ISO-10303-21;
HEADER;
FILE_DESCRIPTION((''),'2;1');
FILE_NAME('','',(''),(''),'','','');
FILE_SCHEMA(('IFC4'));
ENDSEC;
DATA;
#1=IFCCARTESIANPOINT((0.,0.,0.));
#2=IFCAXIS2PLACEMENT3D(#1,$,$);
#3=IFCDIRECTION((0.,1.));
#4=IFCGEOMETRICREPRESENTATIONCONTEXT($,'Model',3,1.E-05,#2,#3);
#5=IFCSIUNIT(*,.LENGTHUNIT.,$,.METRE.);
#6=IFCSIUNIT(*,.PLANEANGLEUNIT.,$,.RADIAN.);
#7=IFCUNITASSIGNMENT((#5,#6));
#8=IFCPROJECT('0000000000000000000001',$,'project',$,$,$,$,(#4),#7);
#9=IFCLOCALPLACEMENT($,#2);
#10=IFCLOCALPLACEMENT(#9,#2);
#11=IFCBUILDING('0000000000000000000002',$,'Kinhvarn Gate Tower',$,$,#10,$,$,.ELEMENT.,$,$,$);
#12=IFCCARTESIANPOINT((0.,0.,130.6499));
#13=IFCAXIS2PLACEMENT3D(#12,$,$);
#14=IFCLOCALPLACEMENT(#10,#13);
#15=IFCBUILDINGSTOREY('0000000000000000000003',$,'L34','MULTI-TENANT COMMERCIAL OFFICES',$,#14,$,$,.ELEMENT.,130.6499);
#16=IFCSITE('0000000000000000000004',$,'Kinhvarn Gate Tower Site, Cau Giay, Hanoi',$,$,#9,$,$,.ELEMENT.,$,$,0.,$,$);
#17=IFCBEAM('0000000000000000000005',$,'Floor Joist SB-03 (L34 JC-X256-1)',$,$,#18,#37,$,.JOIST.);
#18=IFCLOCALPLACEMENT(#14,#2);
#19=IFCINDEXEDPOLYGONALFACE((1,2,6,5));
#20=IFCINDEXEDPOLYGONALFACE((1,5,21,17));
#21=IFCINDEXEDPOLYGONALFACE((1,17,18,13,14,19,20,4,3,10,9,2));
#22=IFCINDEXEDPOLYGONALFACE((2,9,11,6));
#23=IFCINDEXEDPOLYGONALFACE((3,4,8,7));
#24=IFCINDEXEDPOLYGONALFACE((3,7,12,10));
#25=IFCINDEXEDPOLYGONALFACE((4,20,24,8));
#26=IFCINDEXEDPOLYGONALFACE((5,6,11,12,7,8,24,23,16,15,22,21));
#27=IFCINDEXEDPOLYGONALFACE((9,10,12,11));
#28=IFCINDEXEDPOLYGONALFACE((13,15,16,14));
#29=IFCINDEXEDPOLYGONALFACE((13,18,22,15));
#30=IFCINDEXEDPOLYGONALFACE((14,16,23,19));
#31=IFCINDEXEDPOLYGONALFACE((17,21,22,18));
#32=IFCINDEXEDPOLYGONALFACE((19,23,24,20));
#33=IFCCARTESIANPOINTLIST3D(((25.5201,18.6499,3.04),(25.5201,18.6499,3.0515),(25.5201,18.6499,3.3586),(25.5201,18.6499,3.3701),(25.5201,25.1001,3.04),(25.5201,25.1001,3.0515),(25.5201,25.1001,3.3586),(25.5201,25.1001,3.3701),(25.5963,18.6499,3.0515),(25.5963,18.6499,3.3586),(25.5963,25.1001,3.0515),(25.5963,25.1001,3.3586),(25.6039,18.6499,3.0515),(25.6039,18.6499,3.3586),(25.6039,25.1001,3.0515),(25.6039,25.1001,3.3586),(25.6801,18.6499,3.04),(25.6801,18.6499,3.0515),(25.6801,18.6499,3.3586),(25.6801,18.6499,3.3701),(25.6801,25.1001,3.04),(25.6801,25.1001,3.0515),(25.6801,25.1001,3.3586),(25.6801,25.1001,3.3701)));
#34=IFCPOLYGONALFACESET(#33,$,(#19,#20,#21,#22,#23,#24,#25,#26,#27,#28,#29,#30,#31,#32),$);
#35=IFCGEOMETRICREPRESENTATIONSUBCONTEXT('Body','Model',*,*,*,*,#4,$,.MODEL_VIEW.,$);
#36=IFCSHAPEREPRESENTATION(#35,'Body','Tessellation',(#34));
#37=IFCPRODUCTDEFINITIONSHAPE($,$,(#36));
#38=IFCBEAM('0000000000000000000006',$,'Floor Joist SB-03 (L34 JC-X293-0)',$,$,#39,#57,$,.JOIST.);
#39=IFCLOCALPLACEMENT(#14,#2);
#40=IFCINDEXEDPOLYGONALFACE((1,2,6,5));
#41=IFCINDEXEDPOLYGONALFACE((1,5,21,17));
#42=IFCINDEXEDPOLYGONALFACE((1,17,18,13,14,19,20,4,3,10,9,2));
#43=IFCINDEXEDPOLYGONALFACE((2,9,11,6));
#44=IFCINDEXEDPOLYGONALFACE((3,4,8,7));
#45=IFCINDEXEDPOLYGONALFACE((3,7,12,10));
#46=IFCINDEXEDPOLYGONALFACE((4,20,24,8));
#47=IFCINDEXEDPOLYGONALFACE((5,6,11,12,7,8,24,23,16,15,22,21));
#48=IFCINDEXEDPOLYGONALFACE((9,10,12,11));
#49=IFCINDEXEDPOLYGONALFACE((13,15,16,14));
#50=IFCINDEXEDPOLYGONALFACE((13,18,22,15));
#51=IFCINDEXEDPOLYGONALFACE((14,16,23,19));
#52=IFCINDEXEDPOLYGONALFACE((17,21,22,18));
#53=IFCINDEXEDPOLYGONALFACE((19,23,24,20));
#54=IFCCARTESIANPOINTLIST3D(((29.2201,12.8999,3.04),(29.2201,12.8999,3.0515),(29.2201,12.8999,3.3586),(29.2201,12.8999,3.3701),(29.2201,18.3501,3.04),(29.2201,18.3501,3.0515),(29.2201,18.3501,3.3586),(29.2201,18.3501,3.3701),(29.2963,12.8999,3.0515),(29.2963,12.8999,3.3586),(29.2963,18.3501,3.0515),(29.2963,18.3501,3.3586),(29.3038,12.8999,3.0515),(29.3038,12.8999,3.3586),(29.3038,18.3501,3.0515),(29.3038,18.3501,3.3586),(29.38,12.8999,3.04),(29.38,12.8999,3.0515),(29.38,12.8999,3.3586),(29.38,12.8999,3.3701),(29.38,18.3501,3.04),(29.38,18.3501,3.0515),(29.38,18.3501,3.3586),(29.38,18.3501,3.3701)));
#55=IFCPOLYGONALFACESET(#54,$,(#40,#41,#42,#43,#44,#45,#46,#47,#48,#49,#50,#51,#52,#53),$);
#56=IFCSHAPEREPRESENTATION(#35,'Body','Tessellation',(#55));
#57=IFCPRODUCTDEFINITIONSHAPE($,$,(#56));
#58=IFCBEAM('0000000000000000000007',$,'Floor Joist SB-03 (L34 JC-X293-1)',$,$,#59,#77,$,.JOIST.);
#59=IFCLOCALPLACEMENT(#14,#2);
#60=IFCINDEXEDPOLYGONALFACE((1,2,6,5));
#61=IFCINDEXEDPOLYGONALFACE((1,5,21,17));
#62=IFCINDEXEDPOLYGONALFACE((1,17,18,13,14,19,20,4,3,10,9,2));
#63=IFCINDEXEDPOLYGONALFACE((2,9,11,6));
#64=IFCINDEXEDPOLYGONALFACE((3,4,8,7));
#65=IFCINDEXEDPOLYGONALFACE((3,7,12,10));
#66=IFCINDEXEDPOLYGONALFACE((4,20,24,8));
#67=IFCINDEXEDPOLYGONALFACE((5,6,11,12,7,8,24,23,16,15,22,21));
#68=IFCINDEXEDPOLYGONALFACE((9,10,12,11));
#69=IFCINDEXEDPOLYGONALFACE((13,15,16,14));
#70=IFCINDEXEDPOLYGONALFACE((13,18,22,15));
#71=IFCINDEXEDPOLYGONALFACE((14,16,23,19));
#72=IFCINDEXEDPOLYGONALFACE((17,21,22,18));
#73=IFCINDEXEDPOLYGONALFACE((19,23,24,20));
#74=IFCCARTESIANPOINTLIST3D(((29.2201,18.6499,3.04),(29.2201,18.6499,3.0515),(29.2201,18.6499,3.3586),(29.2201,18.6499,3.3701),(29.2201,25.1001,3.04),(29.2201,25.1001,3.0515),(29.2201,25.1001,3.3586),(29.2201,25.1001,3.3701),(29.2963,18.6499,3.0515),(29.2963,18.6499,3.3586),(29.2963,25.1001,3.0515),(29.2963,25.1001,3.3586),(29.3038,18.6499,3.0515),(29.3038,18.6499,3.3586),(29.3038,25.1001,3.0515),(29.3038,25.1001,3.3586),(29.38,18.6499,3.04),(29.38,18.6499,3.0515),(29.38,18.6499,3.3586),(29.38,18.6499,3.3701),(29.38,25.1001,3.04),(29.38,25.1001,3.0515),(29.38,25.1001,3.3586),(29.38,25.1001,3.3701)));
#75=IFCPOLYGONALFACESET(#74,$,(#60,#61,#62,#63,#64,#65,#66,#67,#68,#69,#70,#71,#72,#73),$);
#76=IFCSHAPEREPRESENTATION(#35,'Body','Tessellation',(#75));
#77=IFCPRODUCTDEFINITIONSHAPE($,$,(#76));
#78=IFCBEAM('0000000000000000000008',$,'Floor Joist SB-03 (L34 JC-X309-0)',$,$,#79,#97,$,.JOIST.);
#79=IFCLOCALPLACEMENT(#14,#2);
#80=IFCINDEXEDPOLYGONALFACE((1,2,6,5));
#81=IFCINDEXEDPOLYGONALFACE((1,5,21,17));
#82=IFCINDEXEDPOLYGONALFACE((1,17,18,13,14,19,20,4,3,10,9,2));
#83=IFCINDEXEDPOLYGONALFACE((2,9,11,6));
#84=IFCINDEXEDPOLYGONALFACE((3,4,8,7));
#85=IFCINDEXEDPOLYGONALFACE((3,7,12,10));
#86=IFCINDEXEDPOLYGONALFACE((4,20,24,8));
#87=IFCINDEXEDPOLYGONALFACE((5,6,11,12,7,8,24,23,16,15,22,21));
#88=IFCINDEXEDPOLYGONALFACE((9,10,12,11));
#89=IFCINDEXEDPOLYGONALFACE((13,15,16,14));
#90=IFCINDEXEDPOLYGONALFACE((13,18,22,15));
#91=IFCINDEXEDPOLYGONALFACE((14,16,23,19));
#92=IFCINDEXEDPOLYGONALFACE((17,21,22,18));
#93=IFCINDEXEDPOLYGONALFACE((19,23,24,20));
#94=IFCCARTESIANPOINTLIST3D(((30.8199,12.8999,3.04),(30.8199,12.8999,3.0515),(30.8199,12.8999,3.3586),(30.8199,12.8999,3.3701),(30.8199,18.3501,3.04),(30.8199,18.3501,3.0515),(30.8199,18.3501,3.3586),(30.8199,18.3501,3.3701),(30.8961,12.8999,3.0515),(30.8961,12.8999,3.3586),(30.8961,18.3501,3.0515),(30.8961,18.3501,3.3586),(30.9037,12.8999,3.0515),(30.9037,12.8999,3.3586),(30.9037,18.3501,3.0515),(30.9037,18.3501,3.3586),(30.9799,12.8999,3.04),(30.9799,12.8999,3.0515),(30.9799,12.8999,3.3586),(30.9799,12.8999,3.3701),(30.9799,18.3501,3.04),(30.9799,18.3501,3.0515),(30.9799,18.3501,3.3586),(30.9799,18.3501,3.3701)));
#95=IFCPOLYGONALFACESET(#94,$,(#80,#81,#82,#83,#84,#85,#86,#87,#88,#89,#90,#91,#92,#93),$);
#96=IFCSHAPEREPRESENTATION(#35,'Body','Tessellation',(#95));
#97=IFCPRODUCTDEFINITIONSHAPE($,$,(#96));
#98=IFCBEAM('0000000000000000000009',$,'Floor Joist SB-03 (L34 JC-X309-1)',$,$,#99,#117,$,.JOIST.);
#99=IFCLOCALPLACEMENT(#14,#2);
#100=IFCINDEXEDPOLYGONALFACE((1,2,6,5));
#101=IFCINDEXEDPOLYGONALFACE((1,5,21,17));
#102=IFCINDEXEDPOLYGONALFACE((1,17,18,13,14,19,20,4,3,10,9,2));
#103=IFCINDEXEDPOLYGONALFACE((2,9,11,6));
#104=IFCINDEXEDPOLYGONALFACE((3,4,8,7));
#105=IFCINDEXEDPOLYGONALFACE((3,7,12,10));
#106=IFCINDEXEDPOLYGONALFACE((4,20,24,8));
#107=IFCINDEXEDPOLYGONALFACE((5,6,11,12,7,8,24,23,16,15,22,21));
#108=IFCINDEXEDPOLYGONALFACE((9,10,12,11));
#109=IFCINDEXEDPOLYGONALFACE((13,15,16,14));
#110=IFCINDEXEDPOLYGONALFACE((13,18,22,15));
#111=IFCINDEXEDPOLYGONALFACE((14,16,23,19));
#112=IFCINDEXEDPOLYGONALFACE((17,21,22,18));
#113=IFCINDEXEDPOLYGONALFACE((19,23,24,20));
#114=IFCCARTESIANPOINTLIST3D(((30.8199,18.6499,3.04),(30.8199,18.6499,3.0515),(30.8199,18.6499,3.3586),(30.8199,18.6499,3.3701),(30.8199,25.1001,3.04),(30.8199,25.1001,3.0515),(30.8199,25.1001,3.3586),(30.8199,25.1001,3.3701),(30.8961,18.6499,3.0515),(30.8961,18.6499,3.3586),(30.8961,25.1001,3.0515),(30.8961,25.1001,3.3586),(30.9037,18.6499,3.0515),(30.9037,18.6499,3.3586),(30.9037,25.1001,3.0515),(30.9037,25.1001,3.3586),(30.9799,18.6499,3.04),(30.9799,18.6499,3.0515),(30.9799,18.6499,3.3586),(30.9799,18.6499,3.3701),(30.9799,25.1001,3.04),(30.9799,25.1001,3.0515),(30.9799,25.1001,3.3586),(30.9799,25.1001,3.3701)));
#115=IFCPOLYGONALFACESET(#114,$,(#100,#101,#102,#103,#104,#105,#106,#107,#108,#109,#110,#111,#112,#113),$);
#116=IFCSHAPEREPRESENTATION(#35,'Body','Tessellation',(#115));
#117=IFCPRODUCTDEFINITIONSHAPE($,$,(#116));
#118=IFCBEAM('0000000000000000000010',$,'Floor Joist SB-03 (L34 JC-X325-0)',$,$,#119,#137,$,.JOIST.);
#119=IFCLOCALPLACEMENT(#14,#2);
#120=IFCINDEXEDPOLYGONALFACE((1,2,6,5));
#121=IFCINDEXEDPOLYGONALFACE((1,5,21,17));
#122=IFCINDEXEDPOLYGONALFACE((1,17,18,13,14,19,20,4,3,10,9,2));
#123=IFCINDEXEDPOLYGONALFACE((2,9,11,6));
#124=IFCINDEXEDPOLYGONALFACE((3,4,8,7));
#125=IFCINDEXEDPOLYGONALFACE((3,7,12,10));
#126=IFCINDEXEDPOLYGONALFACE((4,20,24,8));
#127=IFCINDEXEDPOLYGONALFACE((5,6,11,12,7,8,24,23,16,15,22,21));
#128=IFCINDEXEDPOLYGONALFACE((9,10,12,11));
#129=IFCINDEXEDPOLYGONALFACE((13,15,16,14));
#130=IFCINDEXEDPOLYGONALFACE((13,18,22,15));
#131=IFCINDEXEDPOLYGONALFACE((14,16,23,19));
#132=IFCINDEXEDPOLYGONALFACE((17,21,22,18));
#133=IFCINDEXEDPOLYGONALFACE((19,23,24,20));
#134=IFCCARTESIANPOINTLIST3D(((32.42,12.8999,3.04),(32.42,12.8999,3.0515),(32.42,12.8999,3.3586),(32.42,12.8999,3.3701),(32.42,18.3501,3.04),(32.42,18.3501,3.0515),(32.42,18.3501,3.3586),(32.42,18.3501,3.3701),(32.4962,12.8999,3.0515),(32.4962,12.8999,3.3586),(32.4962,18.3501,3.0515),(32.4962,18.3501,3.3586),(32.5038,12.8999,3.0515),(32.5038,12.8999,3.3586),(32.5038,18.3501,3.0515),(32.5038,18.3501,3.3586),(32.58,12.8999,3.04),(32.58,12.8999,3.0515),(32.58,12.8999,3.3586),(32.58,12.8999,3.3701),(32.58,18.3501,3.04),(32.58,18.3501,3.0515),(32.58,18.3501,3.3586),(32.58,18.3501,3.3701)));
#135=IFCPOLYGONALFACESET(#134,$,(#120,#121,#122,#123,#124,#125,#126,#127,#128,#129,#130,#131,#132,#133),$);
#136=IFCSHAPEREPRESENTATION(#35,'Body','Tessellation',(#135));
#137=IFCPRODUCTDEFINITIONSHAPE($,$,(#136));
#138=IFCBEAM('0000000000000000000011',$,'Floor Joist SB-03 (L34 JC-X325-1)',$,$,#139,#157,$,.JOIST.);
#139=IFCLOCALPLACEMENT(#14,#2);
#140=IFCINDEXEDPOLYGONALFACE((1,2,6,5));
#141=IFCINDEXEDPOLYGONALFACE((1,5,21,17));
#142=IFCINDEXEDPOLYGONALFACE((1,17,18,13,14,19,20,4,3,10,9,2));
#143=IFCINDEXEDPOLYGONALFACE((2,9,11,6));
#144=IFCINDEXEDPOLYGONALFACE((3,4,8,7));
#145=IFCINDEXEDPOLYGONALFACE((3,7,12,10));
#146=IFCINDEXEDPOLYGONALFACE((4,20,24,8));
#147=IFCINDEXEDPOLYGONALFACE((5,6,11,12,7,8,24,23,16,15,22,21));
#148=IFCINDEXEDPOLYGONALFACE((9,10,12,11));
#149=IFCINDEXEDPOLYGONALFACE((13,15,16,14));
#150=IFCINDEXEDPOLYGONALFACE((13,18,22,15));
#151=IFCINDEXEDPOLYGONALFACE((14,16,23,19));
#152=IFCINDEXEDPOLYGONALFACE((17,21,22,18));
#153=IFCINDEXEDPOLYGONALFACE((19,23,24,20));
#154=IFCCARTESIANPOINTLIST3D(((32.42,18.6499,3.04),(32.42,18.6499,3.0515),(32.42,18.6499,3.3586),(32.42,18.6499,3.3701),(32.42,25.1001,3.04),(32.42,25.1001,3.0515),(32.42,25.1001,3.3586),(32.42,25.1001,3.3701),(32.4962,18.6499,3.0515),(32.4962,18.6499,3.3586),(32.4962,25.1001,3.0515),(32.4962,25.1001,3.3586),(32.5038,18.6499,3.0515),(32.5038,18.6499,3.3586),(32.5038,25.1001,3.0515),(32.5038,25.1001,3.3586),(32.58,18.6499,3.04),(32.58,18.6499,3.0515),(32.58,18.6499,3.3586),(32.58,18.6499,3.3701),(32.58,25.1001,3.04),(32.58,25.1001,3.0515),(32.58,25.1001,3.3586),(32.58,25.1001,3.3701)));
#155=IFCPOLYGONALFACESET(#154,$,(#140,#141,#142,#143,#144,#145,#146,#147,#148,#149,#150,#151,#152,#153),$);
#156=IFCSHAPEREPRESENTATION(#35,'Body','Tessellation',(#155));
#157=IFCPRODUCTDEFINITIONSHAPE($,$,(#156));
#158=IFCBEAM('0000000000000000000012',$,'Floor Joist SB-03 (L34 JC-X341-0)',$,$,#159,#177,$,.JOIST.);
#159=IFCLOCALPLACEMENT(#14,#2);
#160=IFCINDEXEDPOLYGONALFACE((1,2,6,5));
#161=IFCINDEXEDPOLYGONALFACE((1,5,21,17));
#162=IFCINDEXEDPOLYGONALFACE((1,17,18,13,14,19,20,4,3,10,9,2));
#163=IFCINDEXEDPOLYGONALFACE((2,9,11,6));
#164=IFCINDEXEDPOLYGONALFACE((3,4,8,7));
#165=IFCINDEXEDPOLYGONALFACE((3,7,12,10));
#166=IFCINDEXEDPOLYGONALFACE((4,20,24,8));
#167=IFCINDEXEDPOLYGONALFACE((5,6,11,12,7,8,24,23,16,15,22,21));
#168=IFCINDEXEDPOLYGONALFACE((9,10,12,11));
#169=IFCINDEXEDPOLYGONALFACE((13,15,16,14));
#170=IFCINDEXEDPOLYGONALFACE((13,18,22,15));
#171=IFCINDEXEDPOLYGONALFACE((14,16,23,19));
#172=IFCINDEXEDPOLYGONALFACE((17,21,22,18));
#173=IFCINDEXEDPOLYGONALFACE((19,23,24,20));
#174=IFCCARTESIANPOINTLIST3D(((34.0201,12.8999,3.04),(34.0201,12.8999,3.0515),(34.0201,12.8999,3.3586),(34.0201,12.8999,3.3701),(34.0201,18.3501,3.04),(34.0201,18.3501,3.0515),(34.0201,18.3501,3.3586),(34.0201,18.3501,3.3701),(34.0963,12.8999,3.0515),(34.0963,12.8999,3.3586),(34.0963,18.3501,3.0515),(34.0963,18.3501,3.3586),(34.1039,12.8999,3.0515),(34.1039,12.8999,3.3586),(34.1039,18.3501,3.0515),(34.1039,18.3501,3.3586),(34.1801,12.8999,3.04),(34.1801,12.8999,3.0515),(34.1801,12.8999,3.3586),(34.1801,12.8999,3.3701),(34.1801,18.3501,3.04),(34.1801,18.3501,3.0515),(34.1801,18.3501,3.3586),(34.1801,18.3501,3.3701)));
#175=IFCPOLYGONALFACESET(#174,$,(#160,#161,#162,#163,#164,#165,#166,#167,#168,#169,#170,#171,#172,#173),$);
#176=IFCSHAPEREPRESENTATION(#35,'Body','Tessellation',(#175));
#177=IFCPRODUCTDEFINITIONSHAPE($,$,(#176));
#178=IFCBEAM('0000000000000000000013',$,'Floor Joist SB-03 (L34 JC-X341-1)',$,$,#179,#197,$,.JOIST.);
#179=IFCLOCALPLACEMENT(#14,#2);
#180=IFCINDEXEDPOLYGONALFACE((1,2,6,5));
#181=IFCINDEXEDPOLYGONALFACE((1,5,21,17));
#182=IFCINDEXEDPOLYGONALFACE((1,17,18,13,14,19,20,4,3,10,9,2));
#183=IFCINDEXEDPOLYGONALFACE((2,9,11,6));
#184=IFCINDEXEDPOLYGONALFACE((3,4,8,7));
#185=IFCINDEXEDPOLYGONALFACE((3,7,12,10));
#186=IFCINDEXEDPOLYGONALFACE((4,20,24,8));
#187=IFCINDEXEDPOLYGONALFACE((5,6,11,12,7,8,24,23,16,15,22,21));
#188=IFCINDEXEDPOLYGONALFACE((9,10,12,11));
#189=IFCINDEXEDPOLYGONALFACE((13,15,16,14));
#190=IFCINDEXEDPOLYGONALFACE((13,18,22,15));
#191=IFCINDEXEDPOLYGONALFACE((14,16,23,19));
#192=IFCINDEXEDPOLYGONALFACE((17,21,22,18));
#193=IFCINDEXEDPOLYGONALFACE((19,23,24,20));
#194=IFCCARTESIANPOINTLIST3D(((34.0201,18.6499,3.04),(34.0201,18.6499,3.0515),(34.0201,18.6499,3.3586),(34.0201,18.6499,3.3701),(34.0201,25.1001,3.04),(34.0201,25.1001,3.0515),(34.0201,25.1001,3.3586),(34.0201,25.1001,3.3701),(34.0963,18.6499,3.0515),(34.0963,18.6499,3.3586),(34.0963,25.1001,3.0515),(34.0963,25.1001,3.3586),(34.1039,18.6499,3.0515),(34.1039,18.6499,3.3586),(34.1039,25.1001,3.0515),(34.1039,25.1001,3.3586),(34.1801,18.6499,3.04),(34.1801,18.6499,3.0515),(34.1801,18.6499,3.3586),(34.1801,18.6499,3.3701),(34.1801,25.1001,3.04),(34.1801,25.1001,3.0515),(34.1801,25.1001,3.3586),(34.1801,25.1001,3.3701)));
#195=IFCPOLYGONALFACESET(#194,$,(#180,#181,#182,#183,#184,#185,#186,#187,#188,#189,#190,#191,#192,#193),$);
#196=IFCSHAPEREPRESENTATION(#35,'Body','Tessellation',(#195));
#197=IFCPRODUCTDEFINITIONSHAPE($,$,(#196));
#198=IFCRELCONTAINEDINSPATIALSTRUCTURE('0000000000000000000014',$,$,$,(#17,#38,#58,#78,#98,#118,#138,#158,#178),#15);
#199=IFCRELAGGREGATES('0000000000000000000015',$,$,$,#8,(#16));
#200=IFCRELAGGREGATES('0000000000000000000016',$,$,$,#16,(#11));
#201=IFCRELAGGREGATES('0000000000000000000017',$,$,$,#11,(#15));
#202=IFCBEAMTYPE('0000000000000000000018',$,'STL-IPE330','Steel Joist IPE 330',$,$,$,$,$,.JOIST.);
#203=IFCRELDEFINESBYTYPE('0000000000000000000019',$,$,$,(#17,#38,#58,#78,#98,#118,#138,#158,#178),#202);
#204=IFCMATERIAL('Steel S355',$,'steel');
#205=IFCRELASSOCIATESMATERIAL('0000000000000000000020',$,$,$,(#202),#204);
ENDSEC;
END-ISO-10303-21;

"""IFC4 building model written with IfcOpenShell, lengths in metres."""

from ifc_helpers import new_model, si_unit, direction, frame, origin, origin_2d, place, context, subcontext, project, spatial, i_section, extrude, material, material_profile, profile_set, type_object, element, save


model = new_model("IFC4")

# Units and contexts
model_context = context("Model", 3, precision=1e-05, world=origin(), true_north=direction((0.0, 1.0)))
body_context = subcontext(model_context, "Body", "Model", "MODEL_VIEW")
ifc_project = project(units=[si_unit("LENGTHUNIT", "METRE"), si_unit("PLANEANGLEUNIT", "RADIAN")], contexts=[model_context])

# Site, building, storey
site_placement = place(None, origin())
site = spatial("IfcSite", under=ifc_project, at=site_placement, Name="Kinhvarn Gate Tower Site, Cau Giay, Hanoi", CompositionType="ELEMENT", RefElevation=0.0)
building_placement = place(site_placement, origin())
building = spatial("IfcBuilding", under=site, at=building_placement, Name="Kinhvarn Gate Tower", CompositionType="ELEMENT")
storey_placement = place(building_placement, frame((0.0, 0.0, 130.6499)))
storey = spatial("IfcBuildingStorey", under=building, at=storey_placement, Name="L34", Description="MULTI-TENANT COMMERCIAL OFFICES", CompositionType="ELEMENT", Elevation=130.6499)

# Beams
ifc_material_1 = material(Name="Steel S355", Category="steel")
ifc_material_profile_1 = material_profile(ifc_material_1, i_section(OverallWidth=0.1599, OverallDepth=0.3301, WebThickness=0.0076, FlangeThickness=0.0115, at=origin_2d()), Name="IPE 330")
ifc_profile_set_1 = profile_set([ifc_material_profile_1], Name="Steel S355")
beam_type_1 = type_object("IfcBeamType", Name="STL-IPE330", Description="Steel Joist IPE 330", PredefinedType="JOIST", material=ifc_profile_set_1)
beam_1_placement = place(storey_placement, frame((25.6001, 18.6499, 3.2051), z_axis=(0.0, 1.0, 0.0), x_axis=(-1.0, 0.0, 0.0)))
element("IfcBeam", 1, at=beam_1_placement, inside=storey, type_object=beam_type_1, Name="Floor Joist SB-03 (L34 JC-X256-1)", PredefinedType="JOIST", context=body_context, shape_type="SweptSolid", body=[
    extrude(i_section(OverallWidth=0.1599, OverallDepth=0.3301, WebThickness=0.0076, FlangeThickness=0.0115, at=origin_2d()), origin(), (0.0, 0.0, 1.0), 6.4502),
])
beam_2_placement = place(storey_placement, frame((29.3, 12.8999, 3.2051), z_axis=(0.0, 1.0, 0.0), x_axis=(-1.0, 0.0, 0.0)))
element("IfcBeam", 2, at=beam_2_placement, inside=storey, type_object=beam_type_1, Name="Floor Joist SB-03 (L34 JC-X293-0)", PredefinedType="JOIST", context=body_context, shape_type="SweptSolid", body=[
    extrude(i_section(OverallWidth=0.1599, OverallDepth=0.3301, WebThickness=0.0076, FlangeThickness=0.0115, at=origin_2d()), origin(), (0.0, 0.0, 1.0), 5.4502),
])
beam_3_placement = place(storey_placement, frame((29.3, 18.6499, 3.2051), z_axis=(0.0, 1.0, 0.0), x_axis=(-1.0, 0.0, 0.0)))
element("IfcBeam", 3, at=beam_3_placement, inside=storey, type_object=beam_type_1, Name="Floor Joist SB-03 (L34 JC-X293-1)", PredefinedType="JOIST", context=body_context, shape_type="SweptSolid", body=[
    extrude(i_section(OverallWidth=0.1599, OverallDepth=0.3301, WebThickness=0.0076, FlangeThickness=0.0115, at=origin_2d()), origin(), (0.0, 0.0, 1.0), 6.4502),
])
beam_4_placement = place(storey_placement, frame((30.8999, 12.8999, 3.2051), z_axis=(0.0, 1.0, 0.0), x_axis=(-1.0, 0.0, 0.0)))
element("IfcBeam", 4, at=beam_4_placement, inside=storey, type_object=beam_type_1, Name="Floor Joist SB-03 (L34 JC-X309-0)", PredefinedType="JOIST", context=body_context, shape_type="SweptSolid", body=[
    extrude(i_section(OverallWidth=0.1599, OverallDepth=0.3301, WebThickness=0.0076, FlangeThickness=0.0115, at=origin_2d()), origin(), (0.0, 0.0, 1.0), 5.4502),
])
beam_5_placement = place(storey_placement, frame((30.8999, 18.6499, 3.2051), z_axis=(0.0, 1.0, 0.0), x_axis=(-1.0, 0.0, 0.0)))
element("IfcBeam", 5, at=beam_5_placement, inside=storey, type_object=beam_type_1, Name="Floor Joist SB-03 (L34 JC-X309-1)", PredefinedType="JOIST", context=body_context, shape_type="SweptSolid", body=[
    extrude(i_section(OverallWidth=0.1599, OverallDepth=0.3301, WebThickness=0.0076, FlangeThickness=0.0115, at=origin_2d()), origin(), (0.0, 0.0, 1.0), 6.4502),
])
beam_6_placement = place(storey_placement, frame((32.5, 12.8999, 3.2051), z_axis=(0.0, 1.0, 0.0), x_axis=(-1.0, 0.0, 0.0)))
element("IfcBeam", 6, at=beam_6_placement, inside=storey, type_object=beam_type_1, Name="Floor Joist SB-03 (L34 JC-X325-0)", PredefinedType="JOIST", context=body_context, shape_type="SweptSolid", body=[
    extrude(i_section(OverallWidth=0.1599, OverallDepth=0.3301, WebThickness=0.0076, FlangeThickness=0.0115, at=origin_2d()), origin(), (0.0, 0.0, 1.0), 5.4502),
])
beam_7_placement = place(storey_placement, frame((32.5, 18.6499, 3.2051), z_axis=(0.0, 1.0, 0.0), x_axis=(-1.0, 0.0, 0.0)))
element("IfcBeam", 7, at=beam_7_placement, inside=storey, type_object=beam_type_1, Name="Floor Joist SB-03 (L34 JC-X325-1)", PredefinedType="JOIST", context=body_context, shape_type="SweptSolid", body=[
    extrude(i_section(OverallWidth=0.1599, OverallDepth=0.3301, WebThickness=0.0076, FlangeThickness=0.0115, at=origin_2d()), origin(), (0.0, 0.0, 1.0), 6.4502),
])
beam_8_placement = place(storey_placement, frame((34.1001, 12.8999, 3.2051), z_axis=(0.0, 1.0, 0.0), x_axis=(-1.0, 0.0, 0.0)))
element("IfcBeam", 8, at=beam_8_placement, inside=storey, type_object=beam_type_1, Name="Floor Joist SB-03 (L34 JC-X341-0)", PredefinedType="JOIST", context=body_context, shape_type="SweptSolid", body=[
    extrude(i_section(OverallWidth=0.1599, OverallDepth=0.3301, WebThickness=0.0076, FlangeThickness=0.0115, at=origin_2d()), origin(), (0.0, 0.0, 1.0), 5.4502),
])
beam_9_placement = place(storey_placement, frame((34.1001, 18.6499, 3.2051), z_axis=(0.0, 1.0, 0.0), x_axis=(-1.0, 0.0, 0.0)))
element("IfcBeam", 9, at=beam_9_placement, inside=storey, type_object=beam_type_1, Name="Floor Joist SB-03 (L34 JC-X341-1)", PredefinedType="JOIST", context=body_context, shape_type="SweptSolid", body=[
    extrude(i_section(OverallWidth=0.1599, OverallDepth=0.3301, WebThickness=0.0076, FlangeThickness=0.0115, at=origin_2d()), origin(), (0.0, 0.0, 1.0), 6.4502),
])

save(model, "model.ifc")
